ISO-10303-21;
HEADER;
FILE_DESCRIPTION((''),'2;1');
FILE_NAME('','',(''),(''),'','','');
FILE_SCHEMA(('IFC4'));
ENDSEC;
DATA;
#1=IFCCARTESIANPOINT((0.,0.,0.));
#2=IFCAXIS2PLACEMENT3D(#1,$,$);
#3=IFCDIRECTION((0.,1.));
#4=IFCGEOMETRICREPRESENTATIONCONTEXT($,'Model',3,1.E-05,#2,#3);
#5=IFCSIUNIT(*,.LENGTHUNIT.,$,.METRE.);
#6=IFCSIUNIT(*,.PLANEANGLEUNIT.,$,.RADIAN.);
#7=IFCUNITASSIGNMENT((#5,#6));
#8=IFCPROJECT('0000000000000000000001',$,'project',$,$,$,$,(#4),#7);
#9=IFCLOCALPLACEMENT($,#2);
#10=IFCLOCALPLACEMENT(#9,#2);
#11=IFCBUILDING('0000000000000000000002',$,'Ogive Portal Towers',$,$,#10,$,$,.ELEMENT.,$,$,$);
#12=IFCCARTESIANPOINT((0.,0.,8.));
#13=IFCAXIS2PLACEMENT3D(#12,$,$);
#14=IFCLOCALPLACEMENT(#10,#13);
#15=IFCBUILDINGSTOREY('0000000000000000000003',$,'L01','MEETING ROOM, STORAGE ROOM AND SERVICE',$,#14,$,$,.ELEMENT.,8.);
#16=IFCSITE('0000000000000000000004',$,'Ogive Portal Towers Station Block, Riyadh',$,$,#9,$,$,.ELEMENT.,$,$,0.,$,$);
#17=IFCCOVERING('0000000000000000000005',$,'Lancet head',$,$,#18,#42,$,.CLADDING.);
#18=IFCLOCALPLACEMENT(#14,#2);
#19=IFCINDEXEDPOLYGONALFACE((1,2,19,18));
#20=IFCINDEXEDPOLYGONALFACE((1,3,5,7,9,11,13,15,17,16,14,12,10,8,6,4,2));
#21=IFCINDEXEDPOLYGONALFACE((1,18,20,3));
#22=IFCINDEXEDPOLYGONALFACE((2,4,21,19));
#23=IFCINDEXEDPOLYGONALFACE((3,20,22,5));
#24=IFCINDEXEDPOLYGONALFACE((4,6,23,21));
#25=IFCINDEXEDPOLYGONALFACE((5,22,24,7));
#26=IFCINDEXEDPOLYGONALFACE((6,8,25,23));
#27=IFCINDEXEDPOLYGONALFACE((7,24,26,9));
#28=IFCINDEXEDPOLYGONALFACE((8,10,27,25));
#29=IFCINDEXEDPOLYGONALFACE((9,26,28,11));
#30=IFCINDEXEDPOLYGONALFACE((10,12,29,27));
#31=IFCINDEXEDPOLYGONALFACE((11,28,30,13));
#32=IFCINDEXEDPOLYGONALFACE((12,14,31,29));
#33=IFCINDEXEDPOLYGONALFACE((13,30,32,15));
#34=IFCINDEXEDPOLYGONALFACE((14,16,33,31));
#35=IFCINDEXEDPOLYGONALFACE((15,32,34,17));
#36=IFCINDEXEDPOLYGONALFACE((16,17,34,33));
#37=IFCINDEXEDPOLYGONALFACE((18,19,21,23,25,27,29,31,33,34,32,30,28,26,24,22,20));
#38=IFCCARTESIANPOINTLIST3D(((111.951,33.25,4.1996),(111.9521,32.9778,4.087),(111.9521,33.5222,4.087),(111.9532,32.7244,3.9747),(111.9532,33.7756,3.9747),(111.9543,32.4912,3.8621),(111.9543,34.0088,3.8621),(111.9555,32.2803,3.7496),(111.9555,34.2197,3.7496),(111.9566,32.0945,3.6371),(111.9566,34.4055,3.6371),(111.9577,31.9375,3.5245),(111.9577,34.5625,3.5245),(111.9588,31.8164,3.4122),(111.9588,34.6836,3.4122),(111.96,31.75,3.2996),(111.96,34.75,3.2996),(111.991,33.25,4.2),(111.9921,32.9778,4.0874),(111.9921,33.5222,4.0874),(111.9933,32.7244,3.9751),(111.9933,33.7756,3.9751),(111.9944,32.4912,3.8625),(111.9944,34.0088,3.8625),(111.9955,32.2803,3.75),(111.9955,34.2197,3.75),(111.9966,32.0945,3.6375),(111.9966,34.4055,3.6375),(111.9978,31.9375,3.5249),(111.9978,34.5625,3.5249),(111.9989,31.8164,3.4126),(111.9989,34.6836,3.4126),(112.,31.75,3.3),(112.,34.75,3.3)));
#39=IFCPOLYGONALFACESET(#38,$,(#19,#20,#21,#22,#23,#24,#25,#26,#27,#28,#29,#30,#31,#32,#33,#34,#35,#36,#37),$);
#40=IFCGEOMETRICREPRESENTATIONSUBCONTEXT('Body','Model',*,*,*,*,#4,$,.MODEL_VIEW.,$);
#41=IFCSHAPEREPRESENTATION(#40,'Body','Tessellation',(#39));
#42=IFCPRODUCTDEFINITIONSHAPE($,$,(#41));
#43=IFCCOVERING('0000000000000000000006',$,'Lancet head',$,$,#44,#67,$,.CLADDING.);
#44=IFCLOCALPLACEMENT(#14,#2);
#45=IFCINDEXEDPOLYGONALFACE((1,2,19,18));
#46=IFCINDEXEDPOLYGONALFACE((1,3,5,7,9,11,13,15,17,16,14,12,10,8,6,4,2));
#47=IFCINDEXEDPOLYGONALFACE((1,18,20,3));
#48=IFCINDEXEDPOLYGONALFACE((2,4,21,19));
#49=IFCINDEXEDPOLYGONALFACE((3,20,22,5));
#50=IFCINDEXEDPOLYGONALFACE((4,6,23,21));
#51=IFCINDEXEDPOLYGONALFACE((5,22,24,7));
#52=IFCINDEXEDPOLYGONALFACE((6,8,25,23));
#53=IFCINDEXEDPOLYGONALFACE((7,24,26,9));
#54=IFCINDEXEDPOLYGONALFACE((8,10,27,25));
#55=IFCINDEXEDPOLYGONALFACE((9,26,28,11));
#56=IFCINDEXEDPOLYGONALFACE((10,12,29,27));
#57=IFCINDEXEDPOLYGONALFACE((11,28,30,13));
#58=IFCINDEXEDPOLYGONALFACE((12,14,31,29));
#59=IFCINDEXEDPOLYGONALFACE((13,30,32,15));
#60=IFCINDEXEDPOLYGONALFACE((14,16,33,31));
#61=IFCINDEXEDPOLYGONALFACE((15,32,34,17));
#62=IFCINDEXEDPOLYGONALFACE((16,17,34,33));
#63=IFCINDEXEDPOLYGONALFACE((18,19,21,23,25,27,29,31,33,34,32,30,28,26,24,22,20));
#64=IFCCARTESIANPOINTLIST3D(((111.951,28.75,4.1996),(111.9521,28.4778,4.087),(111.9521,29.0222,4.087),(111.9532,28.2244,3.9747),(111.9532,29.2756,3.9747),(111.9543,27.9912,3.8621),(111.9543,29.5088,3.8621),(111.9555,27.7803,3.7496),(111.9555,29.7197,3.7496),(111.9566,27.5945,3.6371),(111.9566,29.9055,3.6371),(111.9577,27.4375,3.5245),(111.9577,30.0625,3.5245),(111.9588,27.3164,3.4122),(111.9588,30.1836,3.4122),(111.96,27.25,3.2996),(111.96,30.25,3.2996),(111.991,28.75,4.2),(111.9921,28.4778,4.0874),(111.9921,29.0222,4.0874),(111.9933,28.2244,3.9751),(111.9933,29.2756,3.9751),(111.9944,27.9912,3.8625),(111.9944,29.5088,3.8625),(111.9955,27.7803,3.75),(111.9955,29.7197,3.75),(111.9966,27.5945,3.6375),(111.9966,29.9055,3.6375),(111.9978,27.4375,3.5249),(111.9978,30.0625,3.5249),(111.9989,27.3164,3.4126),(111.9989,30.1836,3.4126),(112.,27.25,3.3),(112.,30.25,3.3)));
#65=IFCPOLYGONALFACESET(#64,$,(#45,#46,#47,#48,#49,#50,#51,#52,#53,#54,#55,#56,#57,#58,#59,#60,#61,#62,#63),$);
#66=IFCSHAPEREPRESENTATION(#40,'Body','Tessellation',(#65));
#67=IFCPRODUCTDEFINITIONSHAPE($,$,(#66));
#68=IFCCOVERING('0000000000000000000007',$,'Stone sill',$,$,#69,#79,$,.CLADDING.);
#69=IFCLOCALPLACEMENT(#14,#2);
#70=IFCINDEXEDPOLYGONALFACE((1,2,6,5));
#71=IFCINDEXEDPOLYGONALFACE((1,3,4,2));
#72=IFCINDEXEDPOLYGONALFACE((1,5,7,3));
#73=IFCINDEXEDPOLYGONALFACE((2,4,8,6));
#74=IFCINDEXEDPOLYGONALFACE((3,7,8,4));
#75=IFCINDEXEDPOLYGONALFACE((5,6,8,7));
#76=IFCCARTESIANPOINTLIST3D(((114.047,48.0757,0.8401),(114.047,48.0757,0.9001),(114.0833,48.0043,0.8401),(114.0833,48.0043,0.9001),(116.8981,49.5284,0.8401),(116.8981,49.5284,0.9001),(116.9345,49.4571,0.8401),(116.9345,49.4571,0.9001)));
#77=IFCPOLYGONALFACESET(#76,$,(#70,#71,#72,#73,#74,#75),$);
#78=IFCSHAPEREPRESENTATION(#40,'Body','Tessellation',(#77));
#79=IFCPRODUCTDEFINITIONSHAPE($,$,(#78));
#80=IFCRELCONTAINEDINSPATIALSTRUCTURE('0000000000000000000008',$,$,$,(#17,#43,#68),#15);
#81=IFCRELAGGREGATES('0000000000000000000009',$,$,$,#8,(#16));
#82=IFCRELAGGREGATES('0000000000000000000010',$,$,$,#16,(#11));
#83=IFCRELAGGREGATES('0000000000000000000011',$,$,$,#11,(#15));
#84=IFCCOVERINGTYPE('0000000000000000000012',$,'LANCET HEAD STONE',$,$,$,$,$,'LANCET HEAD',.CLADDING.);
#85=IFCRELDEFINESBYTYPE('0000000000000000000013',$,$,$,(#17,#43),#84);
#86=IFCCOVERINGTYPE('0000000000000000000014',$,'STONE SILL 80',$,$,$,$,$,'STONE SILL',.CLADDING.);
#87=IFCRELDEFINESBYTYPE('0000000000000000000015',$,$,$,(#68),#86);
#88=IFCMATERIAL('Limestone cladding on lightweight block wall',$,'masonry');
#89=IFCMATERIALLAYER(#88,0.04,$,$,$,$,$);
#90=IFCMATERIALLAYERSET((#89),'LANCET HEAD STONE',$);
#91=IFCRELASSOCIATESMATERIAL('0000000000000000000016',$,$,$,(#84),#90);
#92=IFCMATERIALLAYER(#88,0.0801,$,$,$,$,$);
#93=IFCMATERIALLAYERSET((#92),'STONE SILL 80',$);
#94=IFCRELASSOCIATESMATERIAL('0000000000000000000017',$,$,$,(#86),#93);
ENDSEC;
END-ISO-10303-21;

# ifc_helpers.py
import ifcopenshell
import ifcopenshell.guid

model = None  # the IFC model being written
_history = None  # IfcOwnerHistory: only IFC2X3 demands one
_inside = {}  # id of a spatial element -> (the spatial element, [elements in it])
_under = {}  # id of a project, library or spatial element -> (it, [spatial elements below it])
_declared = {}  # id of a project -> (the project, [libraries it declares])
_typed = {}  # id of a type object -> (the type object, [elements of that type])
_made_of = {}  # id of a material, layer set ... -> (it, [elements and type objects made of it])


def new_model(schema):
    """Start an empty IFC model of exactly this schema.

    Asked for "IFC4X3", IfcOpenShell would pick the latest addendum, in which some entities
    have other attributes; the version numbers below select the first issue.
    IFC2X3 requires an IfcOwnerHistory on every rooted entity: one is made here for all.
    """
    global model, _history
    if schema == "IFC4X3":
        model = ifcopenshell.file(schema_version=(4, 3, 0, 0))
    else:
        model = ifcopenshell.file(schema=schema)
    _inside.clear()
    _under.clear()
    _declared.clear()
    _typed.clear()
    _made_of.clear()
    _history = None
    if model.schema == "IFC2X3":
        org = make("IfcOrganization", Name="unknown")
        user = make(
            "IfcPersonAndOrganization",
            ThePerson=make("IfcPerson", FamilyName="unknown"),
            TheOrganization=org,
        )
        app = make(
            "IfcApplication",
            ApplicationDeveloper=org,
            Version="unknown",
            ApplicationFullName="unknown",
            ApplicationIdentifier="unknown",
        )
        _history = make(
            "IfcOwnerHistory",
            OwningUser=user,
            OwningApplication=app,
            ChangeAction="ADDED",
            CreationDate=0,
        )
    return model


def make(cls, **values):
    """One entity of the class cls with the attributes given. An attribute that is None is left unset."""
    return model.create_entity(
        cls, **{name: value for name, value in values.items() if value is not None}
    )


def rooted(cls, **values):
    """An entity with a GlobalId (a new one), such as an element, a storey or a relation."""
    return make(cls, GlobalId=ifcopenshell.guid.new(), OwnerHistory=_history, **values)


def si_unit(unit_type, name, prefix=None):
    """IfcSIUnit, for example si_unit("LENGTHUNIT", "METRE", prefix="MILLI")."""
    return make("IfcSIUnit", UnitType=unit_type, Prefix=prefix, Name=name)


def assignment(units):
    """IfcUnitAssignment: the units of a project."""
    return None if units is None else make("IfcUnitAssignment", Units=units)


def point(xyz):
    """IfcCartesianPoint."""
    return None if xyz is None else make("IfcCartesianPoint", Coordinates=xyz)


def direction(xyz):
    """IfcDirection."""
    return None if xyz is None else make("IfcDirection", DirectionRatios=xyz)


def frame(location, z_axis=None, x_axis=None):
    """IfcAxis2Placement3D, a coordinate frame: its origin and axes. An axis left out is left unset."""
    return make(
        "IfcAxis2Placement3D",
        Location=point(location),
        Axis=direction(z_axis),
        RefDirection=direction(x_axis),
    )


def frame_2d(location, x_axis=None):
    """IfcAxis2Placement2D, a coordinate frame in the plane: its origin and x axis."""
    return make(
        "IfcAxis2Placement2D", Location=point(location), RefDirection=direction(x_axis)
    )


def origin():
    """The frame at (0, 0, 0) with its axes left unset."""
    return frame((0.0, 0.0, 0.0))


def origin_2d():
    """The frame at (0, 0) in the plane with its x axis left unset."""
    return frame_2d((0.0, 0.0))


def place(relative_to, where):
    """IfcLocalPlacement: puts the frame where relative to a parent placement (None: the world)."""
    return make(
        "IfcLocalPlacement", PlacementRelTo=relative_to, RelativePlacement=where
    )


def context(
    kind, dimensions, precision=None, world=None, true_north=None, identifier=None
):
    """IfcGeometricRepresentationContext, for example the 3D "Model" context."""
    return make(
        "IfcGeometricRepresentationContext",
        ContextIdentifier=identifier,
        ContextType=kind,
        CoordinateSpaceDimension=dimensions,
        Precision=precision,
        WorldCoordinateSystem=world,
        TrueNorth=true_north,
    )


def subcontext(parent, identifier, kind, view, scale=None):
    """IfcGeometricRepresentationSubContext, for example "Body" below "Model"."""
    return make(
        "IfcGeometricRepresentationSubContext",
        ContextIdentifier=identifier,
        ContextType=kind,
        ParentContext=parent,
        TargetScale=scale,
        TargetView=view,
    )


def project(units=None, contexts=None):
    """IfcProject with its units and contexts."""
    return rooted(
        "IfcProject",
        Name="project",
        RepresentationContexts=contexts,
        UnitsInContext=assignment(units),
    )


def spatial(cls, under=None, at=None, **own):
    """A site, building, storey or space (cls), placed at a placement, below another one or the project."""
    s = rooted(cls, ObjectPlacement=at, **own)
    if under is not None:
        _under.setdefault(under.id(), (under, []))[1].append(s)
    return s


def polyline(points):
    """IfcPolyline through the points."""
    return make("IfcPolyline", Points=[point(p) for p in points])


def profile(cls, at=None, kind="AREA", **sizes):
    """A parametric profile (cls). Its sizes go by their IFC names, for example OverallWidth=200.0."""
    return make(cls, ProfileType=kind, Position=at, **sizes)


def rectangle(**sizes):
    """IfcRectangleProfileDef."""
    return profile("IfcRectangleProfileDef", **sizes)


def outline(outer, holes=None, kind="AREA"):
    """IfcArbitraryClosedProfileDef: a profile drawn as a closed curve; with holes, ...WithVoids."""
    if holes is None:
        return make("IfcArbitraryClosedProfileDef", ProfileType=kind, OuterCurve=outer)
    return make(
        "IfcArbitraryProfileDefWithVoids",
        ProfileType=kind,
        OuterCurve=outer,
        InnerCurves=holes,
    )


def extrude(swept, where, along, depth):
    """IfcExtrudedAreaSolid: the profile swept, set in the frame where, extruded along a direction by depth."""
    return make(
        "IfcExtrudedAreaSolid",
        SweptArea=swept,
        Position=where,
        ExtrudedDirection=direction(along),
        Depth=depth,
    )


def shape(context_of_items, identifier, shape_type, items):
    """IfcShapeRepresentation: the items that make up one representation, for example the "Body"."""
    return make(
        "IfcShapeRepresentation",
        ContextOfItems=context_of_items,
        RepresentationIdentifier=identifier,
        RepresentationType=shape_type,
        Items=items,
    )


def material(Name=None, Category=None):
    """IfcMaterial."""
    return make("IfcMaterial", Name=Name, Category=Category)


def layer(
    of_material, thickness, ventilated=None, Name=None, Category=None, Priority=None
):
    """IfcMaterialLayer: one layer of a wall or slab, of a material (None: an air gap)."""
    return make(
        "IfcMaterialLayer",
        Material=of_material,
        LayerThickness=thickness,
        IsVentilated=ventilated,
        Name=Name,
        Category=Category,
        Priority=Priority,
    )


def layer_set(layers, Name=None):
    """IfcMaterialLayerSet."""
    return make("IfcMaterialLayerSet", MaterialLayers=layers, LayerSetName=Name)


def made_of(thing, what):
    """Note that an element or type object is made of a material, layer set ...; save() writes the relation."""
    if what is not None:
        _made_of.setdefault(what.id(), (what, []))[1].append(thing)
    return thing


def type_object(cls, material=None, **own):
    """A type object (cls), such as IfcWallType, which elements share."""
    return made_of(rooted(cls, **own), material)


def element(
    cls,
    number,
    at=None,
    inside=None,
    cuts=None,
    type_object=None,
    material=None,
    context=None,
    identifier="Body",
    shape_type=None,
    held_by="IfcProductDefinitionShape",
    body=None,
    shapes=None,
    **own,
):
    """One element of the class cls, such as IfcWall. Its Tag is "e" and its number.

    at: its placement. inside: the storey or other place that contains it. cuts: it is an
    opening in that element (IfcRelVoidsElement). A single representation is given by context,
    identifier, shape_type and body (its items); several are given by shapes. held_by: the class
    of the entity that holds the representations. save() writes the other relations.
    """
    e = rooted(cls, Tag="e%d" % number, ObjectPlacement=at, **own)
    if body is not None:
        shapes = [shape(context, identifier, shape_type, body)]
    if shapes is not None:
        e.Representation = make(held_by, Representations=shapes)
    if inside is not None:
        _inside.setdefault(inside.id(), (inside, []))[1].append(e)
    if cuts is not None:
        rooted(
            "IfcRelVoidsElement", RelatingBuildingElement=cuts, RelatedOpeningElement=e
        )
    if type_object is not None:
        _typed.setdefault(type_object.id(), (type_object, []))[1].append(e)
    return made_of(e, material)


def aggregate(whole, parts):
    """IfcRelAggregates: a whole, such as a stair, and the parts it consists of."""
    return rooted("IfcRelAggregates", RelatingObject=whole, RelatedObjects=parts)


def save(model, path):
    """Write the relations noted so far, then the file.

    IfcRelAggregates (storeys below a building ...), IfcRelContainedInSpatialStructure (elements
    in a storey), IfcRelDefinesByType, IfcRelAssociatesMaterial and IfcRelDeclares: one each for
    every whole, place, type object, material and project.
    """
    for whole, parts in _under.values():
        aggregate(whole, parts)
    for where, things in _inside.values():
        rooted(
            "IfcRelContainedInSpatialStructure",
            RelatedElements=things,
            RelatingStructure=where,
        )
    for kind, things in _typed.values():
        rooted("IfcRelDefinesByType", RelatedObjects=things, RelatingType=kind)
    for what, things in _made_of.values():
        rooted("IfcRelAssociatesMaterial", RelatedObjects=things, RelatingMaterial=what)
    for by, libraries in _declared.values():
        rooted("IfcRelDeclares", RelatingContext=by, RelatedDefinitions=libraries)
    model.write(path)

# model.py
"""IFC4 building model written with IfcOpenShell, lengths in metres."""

from ifc_helpers import new_model, si_unit, direction, frame, origin, origin_2d, place, context, subcontext, project, spatial, polyline, rectangle, outline, extrude, material, layer, layer_set, type_object, element, save


model = new_model("IFC4")

# Units and contexts
model_context = context("Model", 3, precision=1e-05, world=origin(), true_north=direction((0.0, 1.0)))
body_context = subcontext(model_context, "Body", "Model", "MODEL_VIEW")
ifc_project = project(units=[si_unit("LENGTHUNIT", "METRE"), si_unit("PLANEANGLEUNIT", "RADIAN")], contexts=[model_context])

# Site, building, storey
site_placement = place(None, origin())
site = spatial("IfcSite", under=ifc_project, at=site_placement, Name="Ogive Portal Towers Station Block, Riyadh", CompositionType="ELEMENT", RefElevation=0.0)
building_placement = place(site_placement, origin())
building = spatial("IfcBuilding", under=site, at=building_placement, Name="Ogive Portal Towers", CompositionType="ELEMENT")
storey_placement = place(building_placement, frame((0.0, 0.0, 8.0)))
storey = spatial("IfcBuildingStorey", under=building, at=storey_placement, Name="L01", Description="MEETING ROOM, STORAGE ROOM AND SERVICE", CompositionType="ELEMENT", Elevation=8.0)

# Shared definitions
ifc_material_1 = material(Name="Limestone cladding on lightweight block wall", Category="masonry")

# Coverings
ifc_layer_1 = layer(ifc_material_1, 0.04)
ifc_layer_set_1 = layer_set([ifc_layer_1], Name="LANCET HEAD STONE")
covering_type_1 = type_object("IfcCoveringType", Name="LANCET HEAD STONE", ElementType="LANCET HEAD", PredefinedType="CLADDING", material=ifc_layer_set_1)
for number, where, z_axis, x_axis, name in (
    (1, (112.0, 34.75, 3.3), (0.99995, 0.0, 0.009994), (0.0, -1.0, 0.0), "Lancet head"),
    (2, (112.0, 30.25, 3.3), (0.99995, 0.0, 0.009994), (0.0, -1.0, 0.0), "Lancet head"),
):
    element("IfcCovering", number, at=place(storey_placement, frame(where, z_axis=z_axis, x_axis=x_axis)), inside=storey, type_object=covering_type_1, Name=name, PredefinedType="CLADDING", context=body_context, shape_type="SweptSolid", body=[
        extrude(outline(polyline([(0.0, 0.0), (3.0, 0.0), (2.9336, -0.1126), (2.8125, -0.2249), (2.6555, -0.3374), (2.4697, -0.45), (2.2588, -0.5625), (2.0256, -0.6751), (1.7722, -0.7874), (1.5, -0.8999), (1.2278, -0.7874), (0.9744, -0.6751), (0.7412, -0.5625), (0.5303, -0.45), (0.3445, -0.3374), (0.1875, -0.2249), (0.0664, -0.1126), (0.0, 0.0)])), origin(), (0.0, 0.0, -1.0), 0.04),
    ])
ifc_layer_2 = layer(ifc_material_1, 0.0801)
ifc_layer_set_2 = layer_set([ifc_layer_2], Name="STONE SILL 80")
covering_type_2 = type_object("IfcCoveringType", Name="STONE SILL 80", ElementType="STONE SILL", PredefinedType="CLADDING", material=ifc_layer_set_2)
covering_1_placement = place(storey_placement, frame((115.4907, 48.7664, 0.8401), z_axis=(0.0, 0.0, 1.0), x_axis=(-0.891007, -0.45399, 0.0)))
element("IfcCovering", 3, at=covering_1_placement, inside=storey, type_object=covering_type_2, Name="Stone sill", PredefinedType="CLADDING", context=body_context, shape_type="SweptSolid", body=[
    extrude(rectangle(XDim=3.2, YDim=0.0801, at=origin_2d()), origin(), (0.0, 0.0, 1.0), 0.0601),
])

save(model, "model.ifc")
